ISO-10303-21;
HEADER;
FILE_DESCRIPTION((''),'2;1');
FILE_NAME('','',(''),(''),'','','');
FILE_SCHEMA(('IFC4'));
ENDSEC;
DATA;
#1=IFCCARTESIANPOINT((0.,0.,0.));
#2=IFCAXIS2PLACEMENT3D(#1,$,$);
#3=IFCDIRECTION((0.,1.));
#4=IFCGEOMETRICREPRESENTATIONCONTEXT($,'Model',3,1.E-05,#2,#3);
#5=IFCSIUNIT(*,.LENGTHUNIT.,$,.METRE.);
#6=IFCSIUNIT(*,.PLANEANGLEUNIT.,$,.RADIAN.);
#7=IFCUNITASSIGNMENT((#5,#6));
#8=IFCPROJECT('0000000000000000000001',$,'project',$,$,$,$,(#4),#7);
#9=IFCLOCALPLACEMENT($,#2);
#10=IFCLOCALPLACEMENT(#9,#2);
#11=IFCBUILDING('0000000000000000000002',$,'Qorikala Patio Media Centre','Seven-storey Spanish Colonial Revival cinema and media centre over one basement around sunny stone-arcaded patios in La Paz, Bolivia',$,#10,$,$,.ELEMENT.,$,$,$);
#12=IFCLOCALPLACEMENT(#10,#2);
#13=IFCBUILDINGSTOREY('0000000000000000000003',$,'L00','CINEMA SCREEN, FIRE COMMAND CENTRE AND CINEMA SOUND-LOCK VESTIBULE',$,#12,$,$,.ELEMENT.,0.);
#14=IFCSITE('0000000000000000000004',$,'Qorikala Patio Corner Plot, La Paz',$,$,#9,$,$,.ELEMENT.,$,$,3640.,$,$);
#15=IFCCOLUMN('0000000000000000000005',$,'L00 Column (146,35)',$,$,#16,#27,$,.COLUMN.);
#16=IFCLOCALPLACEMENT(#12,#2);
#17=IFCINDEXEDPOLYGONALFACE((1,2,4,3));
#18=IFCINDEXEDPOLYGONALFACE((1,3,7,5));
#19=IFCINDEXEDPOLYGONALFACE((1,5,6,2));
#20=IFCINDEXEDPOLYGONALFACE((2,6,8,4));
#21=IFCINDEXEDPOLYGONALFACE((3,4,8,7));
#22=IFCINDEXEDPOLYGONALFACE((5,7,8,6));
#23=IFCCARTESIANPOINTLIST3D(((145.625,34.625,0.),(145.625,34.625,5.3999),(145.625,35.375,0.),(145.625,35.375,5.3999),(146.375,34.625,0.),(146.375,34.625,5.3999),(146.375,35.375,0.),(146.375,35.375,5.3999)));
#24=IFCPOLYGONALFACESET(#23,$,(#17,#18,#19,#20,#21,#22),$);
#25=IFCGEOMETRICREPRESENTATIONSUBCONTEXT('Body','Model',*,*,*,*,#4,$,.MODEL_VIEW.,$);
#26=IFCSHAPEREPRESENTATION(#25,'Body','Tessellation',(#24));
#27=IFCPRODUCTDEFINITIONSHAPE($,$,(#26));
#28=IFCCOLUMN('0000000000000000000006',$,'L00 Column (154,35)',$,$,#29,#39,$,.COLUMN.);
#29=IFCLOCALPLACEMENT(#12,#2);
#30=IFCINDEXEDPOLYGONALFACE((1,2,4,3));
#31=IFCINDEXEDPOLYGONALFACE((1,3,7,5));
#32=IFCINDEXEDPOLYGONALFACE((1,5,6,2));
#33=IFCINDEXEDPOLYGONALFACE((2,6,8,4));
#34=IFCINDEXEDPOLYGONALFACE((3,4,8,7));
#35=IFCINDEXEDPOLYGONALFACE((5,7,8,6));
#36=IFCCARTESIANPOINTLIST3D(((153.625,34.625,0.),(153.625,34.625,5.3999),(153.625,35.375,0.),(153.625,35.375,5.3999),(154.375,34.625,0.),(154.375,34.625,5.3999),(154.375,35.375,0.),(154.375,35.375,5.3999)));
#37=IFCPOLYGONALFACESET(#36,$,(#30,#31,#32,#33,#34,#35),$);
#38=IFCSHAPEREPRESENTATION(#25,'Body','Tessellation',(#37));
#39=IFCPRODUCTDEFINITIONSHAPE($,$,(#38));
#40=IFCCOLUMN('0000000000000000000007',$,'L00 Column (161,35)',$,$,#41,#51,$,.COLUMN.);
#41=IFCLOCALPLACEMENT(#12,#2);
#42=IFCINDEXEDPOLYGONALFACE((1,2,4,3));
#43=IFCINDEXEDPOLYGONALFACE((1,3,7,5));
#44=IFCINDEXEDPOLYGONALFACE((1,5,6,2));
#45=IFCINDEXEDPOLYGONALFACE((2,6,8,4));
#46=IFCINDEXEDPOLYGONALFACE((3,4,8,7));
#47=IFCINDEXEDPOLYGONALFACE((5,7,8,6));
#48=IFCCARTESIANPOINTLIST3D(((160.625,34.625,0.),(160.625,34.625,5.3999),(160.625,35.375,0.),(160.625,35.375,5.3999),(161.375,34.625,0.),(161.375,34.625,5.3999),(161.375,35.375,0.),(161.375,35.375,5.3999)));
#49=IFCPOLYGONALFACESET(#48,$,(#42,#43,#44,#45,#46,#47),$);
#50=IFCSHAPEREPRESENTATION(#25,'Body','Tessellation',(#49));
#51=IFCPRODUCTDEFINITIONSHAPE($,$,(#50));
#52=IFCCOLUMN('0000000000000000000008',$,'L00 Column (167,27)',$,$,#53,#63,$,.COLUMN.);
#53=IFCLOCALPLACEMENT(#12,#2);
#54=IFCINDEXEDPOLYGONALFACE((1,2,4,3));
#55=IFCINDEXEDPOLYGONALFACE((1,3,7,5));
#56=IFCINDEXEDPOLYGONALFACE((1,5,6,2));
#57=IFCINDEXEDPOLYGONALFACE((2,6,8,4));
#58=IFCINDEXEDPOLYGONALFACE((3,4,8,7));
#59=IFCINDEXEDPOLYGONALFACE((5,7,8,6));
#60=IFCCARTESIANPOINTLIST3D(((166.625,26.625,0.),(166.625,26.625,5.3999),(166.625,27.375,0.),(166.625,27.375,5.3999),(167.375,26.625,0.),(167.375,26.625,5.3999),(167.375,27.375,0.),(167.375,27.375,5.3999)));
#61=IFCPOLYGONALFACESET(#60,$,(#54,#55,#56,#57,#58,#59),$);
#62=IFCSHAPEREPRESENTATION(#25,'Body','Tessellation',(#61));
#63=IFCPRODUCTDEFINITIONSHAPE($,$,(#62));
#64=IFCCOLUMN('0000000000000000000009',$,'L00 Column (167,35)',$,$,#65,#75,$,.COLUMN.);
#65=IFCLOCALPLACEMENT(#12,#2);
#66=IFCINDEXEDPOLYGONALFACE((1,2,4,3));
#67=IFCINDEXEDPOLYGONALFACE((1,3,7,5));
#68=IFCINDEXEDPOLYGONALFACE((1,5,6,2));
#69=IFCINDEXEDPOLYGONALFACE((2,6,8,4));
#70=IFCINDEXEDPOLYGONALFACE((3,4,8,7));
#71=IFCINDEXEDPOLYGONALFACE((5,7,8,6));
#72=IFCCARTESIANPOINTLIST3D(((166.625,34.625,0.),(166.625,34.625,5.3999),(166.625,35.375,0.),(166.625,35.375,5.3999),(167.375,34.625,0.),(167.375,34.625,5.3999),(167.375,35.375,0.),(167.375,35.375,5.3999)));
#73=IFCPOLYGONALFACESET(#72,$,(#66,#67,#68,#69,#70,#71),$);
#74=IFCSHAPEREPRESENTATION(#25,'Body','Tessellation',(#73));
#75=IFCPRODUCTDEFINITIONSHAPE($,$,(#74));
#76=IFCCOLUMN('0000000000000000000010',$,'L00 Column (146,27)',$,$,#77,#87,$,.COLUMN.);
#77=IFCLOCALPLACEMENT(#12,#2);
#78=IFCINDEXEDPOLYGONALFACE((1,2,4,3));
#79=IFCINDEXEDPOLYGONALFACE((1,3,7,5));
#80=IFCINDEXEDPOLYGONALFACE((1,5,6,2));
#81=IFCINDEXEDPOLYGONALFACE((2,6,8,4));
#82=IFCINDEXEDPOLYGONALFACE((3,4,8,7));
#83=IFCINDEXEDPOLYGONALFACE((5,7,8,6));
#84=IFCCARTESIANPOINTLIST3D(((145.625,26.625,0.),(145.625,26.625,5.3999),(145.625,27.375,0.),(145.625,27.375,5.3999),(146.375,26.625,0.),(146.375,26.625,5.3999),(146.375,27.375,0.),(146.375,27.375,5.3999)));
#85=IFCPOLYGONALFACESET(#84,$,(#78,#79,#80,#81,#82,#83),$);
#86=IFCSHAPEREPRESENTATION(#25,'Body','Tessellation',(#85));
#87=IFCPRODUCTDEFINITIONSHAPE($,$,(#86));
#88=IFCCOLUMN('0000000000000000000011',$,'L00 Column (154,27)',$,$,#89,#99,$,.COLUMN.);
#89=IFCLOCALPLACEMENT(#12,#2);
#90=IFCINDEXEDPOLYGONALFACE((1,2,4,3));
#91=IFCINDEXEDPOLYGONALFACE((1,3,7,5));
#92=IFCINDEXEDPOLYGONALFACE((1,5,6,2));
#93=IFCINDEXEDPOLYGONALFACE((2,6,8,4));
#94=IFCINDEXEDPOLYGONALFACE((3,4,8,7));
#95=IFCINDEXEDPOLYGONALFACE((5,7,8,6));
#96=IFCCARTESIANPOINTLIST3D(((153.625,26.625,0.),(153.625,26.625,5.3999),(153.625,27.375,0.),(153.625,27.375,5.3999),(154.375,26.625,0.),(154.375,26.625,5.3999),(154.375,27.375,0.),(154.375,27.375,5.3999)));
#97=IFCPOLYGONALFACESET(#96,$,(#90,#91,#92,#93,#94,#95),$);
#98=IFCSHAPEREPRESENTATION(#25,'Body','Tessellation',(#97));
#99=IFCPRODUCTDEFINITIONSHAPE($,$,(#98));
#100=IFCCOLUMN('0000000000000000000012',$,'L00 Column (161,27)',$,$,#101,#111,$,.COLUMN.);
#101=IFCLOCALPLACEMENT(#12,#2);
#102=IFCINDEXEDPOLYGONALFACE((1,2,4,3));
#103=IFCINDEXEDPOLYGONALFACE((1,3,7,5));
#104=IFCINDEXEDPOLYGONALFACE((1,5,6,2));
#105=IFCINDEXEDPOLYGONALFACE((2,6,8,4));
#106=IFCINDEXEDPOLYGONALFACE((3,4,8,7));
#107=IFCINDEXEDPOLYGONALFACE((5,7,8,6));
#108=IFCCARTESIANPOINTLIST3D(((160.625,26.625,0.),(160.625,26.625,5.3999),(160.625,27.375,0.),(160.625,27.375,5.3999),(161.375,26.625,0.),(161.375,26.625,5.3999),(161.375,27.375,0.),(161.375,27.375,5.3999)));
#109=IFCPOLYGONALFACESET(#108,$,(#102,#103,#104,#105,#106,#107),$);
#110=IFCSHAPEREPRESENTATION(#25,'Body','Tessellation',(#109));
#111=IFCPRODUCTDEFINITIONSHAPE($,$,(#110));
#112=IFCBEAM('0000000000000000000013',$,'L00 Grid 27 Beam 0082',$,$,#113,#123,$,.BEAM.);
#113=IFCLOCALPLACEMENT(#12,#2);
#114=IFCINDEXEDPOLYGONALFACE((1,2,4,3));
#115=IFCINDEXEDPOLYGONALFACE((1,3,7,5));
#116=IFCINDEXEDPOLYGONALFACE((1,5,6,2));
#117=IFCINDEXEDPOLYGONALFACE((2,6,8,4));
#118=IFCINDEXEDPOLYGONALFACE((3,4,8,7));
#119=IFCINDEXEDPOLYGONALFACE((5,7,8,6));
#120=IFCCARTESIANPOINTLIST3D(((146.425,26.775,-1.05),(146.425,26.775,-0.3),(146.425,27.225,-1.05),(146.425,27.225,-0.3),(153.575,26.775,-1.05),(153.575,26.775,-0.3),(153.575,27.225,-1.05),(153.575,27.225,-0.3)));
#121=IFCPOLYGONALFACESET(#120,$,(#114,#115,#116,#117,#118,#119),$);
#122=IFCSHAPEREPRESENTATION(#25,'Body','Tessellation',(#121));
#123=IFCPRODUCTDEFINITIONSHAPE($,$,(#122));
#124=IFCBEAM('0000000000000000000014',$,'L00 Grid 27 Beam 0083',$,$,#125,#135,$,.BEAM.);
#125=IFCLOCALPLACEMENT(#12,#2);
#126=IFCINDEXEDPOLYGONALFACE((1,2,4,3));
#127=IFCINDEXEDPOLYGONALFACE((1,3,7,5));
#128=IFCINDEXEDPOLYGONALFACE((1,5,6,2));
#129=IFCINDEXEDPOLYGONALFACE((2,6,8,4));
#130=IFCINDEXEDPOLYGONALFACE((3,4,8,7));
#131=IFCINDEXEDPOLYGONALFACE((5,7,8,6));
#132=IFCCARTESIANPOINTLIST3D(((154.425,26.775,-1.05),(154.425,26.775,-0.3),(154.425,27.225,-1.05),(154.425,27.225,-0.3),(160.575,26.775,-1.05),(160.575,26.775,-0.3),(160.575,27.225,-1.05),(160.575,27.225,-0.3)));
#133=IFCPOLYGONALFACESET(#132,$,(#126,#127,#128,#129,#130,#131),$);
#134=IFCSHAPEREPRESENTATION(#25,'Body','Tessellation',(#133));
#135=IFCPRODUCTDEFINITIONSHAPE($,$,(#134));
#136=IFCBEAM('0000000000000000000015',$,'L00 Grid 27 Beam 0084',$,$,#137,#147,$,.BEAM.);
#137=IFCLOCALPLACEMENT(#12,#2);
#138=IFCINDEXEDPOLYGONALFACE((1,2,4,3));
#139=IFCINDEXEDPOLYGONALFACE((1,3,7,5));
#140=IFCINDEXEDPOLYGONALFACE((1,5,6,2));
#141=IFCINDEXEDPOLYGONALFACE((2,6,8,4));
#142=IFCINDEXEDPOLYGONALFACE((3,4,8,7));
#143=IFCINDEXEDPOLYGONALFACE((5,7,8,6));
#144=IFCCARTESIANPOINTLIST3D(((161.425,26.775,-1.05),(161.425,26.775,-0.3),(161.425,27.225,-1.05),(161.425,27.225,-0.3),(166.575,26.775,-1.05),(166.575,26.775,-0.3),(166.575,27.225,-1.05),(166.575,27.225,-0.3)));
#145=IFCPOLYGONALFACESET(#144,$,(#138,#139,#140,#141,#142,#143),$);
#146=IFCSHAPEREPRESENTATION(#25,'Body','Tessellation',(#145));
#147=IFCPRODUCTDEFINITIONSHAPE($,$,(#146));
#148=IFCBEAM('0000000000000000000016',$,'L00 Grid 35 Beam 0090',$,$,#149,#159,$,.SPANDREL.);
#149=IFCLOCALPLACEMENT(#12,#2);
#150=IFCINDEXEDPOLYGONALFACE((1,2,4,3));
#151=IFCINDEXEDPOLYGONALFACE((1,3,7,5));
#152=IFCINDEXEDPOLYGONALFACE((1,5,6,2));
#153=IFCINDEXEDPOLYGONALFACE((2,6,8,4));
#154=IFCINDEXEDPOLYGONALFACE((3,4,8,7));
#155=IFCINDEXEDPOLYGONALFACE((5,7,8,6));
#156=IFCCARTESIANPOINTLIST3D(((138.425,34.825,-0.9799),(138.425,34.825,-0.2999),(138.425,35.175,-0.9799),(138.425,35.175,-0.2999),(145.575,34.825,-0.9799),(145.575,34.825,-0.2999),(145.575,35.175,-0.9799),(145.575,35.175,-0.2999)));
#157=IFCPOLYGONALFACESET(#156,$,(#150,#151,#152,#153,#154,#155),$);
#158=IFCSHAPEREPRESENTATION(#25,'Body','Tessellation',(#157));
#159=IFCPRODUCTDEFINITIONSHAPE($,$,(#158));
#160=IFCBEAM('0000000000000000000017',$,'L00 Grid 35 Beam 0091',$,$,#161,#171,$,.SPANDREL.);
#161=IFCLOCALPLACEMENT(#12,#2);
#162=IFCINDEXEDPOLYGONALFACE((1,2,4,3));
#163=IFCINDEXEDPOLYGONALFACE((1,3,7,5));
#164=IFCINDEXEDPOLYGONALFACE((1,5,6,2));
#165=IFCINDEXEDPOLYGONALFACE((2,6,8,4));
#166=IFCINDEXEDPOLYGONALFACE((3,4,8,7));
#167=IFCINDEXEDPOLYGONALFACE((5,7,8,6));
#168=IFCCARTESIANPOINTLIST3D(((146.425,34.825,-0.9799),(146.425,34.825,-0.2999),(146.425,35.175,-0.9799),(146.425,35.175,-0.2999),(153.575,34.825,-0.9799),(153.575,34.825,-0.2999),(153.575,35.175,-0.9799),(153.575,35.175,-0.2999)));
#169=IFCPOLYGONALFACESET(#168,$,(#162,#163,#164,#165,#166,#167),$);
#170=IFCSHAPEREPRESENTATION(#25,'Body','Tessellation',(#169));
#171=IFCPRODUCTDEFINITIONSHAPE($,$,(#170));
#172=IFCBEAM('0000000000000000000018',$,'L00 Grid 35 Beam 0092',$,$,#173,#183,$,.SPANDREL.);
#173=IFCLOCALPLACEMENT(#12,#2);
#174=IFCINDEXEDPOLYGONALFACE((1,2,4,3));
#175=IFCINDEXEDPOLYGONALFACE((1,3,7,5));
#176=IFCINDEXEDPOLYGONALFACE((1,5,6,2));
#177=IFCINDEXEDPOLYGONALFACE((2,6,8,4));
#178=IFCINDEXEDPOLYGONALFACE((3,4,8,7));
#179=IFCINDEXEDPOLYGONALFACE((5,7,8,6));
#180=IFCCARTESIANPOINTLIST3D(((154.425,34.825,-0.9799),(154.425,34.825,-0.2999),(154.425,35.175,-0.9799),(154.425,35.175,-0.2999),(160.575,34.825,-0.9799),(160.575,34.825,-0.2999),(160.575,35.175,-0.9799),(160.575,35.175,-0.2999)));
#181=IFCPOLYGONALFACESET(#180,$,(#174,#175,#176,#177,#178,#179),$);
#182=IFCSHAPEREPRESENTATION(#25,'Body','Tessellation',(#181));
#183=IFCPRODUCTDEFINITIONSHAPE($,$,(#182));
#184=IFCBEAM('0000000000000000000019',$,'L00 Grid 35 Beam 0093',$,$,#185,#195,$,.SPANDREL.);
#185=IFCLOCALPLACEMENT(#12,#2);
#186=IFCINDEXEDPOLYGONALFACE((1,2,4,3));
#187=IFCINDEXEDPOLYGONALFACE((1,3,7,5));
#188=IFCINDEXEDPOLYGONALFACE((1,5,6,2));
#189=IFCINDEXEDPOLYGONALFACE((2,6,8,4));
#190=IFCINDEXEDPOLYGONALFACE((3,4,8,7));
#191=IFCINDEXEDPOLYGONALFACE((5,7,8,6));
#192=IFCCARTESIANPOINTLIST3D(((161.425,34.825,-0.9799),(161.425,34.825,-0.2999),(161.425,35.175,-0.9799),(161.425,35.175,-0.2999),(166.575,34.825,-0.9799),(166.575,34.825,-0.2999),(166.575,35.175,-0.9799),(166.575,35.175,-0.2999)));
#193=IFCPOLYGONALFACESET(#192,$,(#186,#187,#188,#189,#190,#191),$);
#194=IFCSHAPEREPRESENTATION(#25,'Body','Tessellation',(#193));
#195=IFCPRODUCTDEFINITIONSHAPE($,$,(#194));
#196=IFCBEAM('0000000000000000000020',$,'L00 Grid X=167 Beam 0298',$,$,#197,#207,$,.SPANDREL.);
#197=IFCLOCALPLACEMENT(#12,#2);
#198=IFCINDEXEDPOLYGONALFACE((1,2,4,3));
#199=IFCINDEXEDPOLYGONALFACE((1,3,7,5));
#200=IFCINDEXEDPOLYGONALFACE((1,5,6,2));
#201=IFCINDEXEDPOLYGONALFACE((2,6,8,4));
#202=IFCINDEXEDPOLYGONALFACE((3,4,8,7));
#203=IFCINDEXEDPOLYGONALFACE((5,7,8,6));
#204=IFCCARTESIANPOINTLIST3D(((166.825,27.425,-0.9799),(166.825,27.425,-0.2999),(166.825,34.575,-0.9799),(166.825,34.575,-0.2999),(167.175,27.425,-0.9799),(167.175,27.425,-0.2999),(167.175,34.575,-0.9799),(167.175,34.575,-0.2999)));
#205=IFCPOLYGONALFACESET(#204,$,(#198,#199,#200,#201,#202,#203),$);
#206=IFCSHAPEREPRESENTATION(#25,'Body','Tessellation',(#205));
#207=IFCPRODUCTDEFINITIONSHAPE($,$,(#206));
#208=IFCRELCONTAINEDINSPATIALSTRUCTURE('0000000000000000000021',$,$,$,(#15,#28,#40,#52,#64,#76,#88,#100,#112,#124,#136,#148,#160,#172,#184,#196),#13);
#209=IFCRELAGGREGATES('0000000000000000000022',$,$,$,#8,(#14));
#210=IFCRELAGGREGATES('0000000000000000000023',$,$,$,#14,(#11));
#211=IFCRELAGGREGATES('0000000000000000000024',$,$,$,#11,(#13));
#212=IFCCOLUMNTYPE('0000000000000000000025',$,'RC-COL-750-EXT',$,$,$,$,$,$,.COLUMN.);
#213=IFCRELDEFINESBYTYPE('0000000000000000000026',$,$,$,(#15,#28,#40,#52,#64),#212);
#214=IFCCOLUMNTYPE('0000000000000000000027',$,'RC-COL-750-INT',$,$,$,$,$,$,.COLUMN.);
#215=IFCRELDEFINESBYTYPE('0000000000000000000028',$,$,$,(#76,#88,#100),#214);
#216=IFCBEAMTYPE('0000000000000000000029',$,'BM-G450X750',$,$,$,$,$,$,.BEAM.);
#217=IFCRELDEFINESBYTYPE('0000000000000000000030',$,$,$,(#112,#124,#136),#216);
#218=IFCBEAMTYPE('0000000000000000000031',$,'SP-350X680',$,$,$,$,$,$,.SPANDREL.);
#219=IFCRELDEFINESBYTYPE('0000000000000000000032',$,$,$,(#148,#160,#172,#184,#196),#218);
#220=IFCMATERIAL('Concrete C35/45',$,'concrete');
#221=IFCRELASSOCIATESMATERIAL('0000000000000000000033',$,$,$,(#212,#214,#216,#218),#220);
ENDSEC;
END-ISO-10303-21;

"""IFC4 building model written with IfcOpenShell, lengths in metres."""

from ifc_helpers import new_model, si_unit, direction, frame, origin, origin_2d, place, context, subcontext, project, spatial, rectangle, extrude, material, material_profile, profile_set, type_object, element, save


model = new_model("IFC4")

# Units and contexts
model_context = context("Model", 3, precision=1e-05, world=origin(), true_north=direction((0.0, 1.0)))
body_context = subcontext(model_context, "Body", "Model", "MODEL_VIEW")
ifc_project = project(units=[si_unit("LENGTHUNIT", "METRE"), si_unit("PLANEANGLEUNIT", "RADIAN")], contexts=[model_context])

# Site, building, storey
site_placement = place(None, origin())
site = spatial("IfcSite", under=ifc_project, at=site_placement, Name="Qorikala Patio Corner Plot, La Paz", CompositionType="ELEMENT", RefElevation=3640.0)
building_placement = place(site_placement, origin())
building = spatial("IfcBuilding", under=site, at=building_placement, Name="Qorikala Patio Media Centre", Description="Seven-storey Spanish Colonial Revival cinema and media centre over one basement around sunny stone-arcaded patios in La Paz, Bolivia", CompositionType="ELEMENT")
storey_placement = place(building_placement, origin())
storey = spatial("IfcBuildingStorey", under=building, at=storey_placement, Name="L00", Description="CINEMA SCREEN, FIRE COMMAND CENTRE AND CINEMA SOUND-LOCK VESTIBULE", CompositionType="ELEMENT", Elevation=0.0)

# Columns
ifc_material_1 = material(Name="Concrete C35/45", Category="concrete")
ifc_material_profile_1 = material_profile(ifc_material_1, rectangle(XDim=0.75, YDim=0.75, at=origin_2d()), Name="RC 750x750")
ifc_profile_set_1 = profile_set([ifc_material_profile_1], Name="Concrete C35/45")
column_type_1 = type_object("IfcColumnType", Name="RC-COL-750-EXT", PredefinedType="COLUMN", material=ifc_profile_set_1)
for number, where, z_axis, x_axis, name in (
    (1, (146.0, 35.0, 0.0), (0.0, 0.0, 1.0), (1.0, 0.0, 0.0), "L00 Column (146,35)"),
    (2, (154.0, 35.0, 0.0), (0.0, 0.0, 1.0), (1.0, 0.0, 0.0), "L00 Column (154,35)"),
    (3, (161.0, 35.0, 0.0), (0.0, 0.0, 1.0), (1.0, 0.0, 0.0), "L00 Column (161,35)"),
    (4, (167.0, 27.0, 0.0), (0.0, 0.0, 1.0), (1.0, 0.0, 0.0), "L00 Column (167,27)"),
    (5, (167.0, 35.0, 0.0), (0.0, 0.0, 1.0), (1.0, 0.0, 0.0), "L00 Column (167,35)"),
):
    element("IfcColumn", number, at=place(storey_placement, frame(where, z_axis=z_axis, x_axis=x_axis)), inside=storey, type_object=column_type_1, Name=name, PredefinedType="COLUMN", context=body_context, shape_type="SweptSolid", body=[
        extrude(rectangle(XDim=0.75, YDim=0.75, at=origin_2d()), origin(), (0.0, 0.0, 1.0), 5.3999),
    ])
ifc_material_profile_2 = material_profile(ifc_material_1, rectangle(XDim=0.75, YDim=0.75, at=origin_2d()), Name="RC 750x750")
ifc_profile_set_2 = profile_set([ifc_material_profile_2], Name="Concrete C35/45")
column_type_2 = type_object("IfcColumnType", Name="RC-COL-750-INT", PredefinedType="COLUMN", material=ifc_profile_set_2)
for number, where, z_axis, x_axis, name in (
    (6, (146.0, 27.0, 0.0), (0.0, 0.0, 1.0), (1.0, 0.0, 0.0), "L00 Column (146,27)"),
    (7, (154.0, 27.0, 0.0), (0.0, 0.0, 1.0), (1.0, 0.0, 0.0), "L00 Column (154,27)"),
    (8, (161.0, 27.0, 0.0), (0.0, 0.0, 1.0), (1.0, 0.0, 0.0), "L00 Column (161,27)"),
):
    element("IfcColumn", number, at=place(storey_placement, frame(where, z_axis=z_axis, x_axis=x_axis)), inside=storey, type_object=column_type_2, Name=name, PredefinedType="COLUMN", context=body_context, shape_type="SweptSolid", body=[
        extrude(rectangle(XDim=0.75, YDim=0.75, at=origin_2d()), origin(), (0.0, 0.0, 1.0), 5.3999),
    ])

# Beams
ifc_material_profile_3 = material_profile(ifc_material_1, rectangle(XDim=0.45, YDim=0.75, at=origin_2d()), Name="RC 450x750")
ifc_profile_set_3 = profile_set([ifc_material_profile_3], Name="Concrete C35/45")
beam_type_1 = type_object("IfcBeamType", Name="BM-G450X750", PredefinedType="BEAM", material=ifc_profile_set_3)
beam_1_placement = place(storey_placement, frame((146.425, 27.0, -0.675), z_axis=(1.0, 0.0, 0.0), x_axis=(0.0, 1.0, 0.0)))
element("IfcBeam", 9, at=beam_1_placement, inside=storey, type_object=beam_type_1, Name="L00 Grid 27 Beam 0082", PredefinedType="BEAM", context=body_context, shape_type="SweptSolid", body=[
    extrude(rectangle(XDim=0.45, YDim=0.75, at=origin_2d()), origin(), (0.0, 0.0, 1.0), 7.1499),
])
beam_2_placement = place(storey_placement, frame((154.425, 27.0, -0.675), z_axis=(1.0, 0.0, 0.0), x_axis=(0.0, 1.0, 0.0)))
element("IfcBeam", 10, at=beam_2_placement, inside=storey, type_object=beam_type_1, Name="L00 Grid 27 Beam 0083", PredefinedType="BEAM", context=body_context, shape_type="SweptSolid", body=[
    extrude(rectangle(XDim=0.45, YDim=0.75, at=origin_2d()), origin(), (0.0, 0.0, 1.0), 6.1499),
])
beam_3_placement = place(storey_placement, frame((161.425, 27.0, -0.675), z_axis=(1.0, 0.0, 0.0), x_axis=(0.0, 1.0, 0.0)))
element("IfcBeam", 11, at=beam_3_placement, inside=storey, type_object=beam_type_1, Name="L00 Grid 27 Beam 0084", PredefinedType="BEAM", context=body_context, shape_type="SweptSolid", body=[
    extrude(rectangle(XDim=0.45, YDim=0.75, at=origin_2d()), origin(), (0.0, 0.0, 1.0), 5.1499),
])
ifc_material_profile_4 = material_profile(ifc_material_1, rectangle(XDim=0.3501, YDim=0.6799, at=origin_2d()), Name="RC 350x680")
ifc_profile_set_4 = profile_set([ifc_material_profile_4], Name="Concrete C35/45")
beam_type_2 = type_object("IfcBeamType", Name="SP-350X680", PredefinedType="SPANDREL", material=ifc_profile_set_4)
for number, where, z_axis, x_axis, name in (
    (12, (138.425, 35.0, -0.6399), (1.0, 0.0, 0.0), (0.0, 1.0, 0.0), "L00 Grid 35 Beam 0090"),
    (13, (146.425, 35.0, -0.6399), (1.0, 0.0, 0.0), (0.0, 1.0, 0.0), "L00 Grid 35 Beam 0091"),
):
    element("IfcBeam", number, at=place(storey_placement, frame(where, z_axis=z_axis, x_axis=x_axis)), inside=storey, type_object=beam_type_2, Name=name, PredefinedType="SPANDREL", context=body_context, shape_type="SweptSolid", body=[
        extrude(rectangle(XDim=0.3501, YDim=0.6799, at=origin_2d()), origin(), (0.0, 0.0, 1.0), 7.1499),
    ])
beam_4_placement = place(storey_placement, frame((154.425, 35.0, -0.6399), z_axis=(1.0, 0.0, 0.0), x_axis=(0.0, 1.0, 0.0)))
element("IfcBeam", 14, at=beam_4_placement, inside=storey, type_object=beam_type_2, Name="L00 Grid 35 Beam 0092", PredefinedType="SPANDREL", context=body_context, shape_type="SweptSolid", body=[
    extrude(rectangle(XDim=0.3501, YDim=0.6799, at=origin_2d()), origin(), (0.0, 0.0, 1.0), 6.1499),
])
beam_5_placement = place(storey_placement, frame((161.425, 35.0, -0.6399), z_axis=(1.0, 0.0, 0.0), x_axis=(0.0, 1.0, 0.0)))
element("IfcBeam", 15, at=beam_5_placement, inside=storey, type_object=beam_type_2, Name="L00 Grid 35 Beam 0093", PredefinedType="SPANDREL", context=body_context, shape_type="SweptSolid", body=[
    extrude(rectangle(XDim=0.3501, YDim=0.6799, at=origin_2d()), origin(), (0.0, 0.0, 1.0), 5.1499),
])
beam_6_placement = place(storey_placement, frame((167.0, 27.425, -0.6399), z_axis=(0.0, 1.0, 0.0), x_axis=(-1.0, 0.0, 0.0)))
element("IfcBeam", 16, at=beam_6_placement, inside=storey, type_object=beam_type_2, Name="L00 Grid X=167 Beam 0298", PredefinedType="SPANDREL", context=body_context, shape_type="SweptSolid", body=[
    extrude(rectangle(XDim=0.3501, YDim=0.6799, at=origin_2d()), origin(), (0.0, 0.0, 1.0), 7.1499),
])

save(model, "model.ifc")
